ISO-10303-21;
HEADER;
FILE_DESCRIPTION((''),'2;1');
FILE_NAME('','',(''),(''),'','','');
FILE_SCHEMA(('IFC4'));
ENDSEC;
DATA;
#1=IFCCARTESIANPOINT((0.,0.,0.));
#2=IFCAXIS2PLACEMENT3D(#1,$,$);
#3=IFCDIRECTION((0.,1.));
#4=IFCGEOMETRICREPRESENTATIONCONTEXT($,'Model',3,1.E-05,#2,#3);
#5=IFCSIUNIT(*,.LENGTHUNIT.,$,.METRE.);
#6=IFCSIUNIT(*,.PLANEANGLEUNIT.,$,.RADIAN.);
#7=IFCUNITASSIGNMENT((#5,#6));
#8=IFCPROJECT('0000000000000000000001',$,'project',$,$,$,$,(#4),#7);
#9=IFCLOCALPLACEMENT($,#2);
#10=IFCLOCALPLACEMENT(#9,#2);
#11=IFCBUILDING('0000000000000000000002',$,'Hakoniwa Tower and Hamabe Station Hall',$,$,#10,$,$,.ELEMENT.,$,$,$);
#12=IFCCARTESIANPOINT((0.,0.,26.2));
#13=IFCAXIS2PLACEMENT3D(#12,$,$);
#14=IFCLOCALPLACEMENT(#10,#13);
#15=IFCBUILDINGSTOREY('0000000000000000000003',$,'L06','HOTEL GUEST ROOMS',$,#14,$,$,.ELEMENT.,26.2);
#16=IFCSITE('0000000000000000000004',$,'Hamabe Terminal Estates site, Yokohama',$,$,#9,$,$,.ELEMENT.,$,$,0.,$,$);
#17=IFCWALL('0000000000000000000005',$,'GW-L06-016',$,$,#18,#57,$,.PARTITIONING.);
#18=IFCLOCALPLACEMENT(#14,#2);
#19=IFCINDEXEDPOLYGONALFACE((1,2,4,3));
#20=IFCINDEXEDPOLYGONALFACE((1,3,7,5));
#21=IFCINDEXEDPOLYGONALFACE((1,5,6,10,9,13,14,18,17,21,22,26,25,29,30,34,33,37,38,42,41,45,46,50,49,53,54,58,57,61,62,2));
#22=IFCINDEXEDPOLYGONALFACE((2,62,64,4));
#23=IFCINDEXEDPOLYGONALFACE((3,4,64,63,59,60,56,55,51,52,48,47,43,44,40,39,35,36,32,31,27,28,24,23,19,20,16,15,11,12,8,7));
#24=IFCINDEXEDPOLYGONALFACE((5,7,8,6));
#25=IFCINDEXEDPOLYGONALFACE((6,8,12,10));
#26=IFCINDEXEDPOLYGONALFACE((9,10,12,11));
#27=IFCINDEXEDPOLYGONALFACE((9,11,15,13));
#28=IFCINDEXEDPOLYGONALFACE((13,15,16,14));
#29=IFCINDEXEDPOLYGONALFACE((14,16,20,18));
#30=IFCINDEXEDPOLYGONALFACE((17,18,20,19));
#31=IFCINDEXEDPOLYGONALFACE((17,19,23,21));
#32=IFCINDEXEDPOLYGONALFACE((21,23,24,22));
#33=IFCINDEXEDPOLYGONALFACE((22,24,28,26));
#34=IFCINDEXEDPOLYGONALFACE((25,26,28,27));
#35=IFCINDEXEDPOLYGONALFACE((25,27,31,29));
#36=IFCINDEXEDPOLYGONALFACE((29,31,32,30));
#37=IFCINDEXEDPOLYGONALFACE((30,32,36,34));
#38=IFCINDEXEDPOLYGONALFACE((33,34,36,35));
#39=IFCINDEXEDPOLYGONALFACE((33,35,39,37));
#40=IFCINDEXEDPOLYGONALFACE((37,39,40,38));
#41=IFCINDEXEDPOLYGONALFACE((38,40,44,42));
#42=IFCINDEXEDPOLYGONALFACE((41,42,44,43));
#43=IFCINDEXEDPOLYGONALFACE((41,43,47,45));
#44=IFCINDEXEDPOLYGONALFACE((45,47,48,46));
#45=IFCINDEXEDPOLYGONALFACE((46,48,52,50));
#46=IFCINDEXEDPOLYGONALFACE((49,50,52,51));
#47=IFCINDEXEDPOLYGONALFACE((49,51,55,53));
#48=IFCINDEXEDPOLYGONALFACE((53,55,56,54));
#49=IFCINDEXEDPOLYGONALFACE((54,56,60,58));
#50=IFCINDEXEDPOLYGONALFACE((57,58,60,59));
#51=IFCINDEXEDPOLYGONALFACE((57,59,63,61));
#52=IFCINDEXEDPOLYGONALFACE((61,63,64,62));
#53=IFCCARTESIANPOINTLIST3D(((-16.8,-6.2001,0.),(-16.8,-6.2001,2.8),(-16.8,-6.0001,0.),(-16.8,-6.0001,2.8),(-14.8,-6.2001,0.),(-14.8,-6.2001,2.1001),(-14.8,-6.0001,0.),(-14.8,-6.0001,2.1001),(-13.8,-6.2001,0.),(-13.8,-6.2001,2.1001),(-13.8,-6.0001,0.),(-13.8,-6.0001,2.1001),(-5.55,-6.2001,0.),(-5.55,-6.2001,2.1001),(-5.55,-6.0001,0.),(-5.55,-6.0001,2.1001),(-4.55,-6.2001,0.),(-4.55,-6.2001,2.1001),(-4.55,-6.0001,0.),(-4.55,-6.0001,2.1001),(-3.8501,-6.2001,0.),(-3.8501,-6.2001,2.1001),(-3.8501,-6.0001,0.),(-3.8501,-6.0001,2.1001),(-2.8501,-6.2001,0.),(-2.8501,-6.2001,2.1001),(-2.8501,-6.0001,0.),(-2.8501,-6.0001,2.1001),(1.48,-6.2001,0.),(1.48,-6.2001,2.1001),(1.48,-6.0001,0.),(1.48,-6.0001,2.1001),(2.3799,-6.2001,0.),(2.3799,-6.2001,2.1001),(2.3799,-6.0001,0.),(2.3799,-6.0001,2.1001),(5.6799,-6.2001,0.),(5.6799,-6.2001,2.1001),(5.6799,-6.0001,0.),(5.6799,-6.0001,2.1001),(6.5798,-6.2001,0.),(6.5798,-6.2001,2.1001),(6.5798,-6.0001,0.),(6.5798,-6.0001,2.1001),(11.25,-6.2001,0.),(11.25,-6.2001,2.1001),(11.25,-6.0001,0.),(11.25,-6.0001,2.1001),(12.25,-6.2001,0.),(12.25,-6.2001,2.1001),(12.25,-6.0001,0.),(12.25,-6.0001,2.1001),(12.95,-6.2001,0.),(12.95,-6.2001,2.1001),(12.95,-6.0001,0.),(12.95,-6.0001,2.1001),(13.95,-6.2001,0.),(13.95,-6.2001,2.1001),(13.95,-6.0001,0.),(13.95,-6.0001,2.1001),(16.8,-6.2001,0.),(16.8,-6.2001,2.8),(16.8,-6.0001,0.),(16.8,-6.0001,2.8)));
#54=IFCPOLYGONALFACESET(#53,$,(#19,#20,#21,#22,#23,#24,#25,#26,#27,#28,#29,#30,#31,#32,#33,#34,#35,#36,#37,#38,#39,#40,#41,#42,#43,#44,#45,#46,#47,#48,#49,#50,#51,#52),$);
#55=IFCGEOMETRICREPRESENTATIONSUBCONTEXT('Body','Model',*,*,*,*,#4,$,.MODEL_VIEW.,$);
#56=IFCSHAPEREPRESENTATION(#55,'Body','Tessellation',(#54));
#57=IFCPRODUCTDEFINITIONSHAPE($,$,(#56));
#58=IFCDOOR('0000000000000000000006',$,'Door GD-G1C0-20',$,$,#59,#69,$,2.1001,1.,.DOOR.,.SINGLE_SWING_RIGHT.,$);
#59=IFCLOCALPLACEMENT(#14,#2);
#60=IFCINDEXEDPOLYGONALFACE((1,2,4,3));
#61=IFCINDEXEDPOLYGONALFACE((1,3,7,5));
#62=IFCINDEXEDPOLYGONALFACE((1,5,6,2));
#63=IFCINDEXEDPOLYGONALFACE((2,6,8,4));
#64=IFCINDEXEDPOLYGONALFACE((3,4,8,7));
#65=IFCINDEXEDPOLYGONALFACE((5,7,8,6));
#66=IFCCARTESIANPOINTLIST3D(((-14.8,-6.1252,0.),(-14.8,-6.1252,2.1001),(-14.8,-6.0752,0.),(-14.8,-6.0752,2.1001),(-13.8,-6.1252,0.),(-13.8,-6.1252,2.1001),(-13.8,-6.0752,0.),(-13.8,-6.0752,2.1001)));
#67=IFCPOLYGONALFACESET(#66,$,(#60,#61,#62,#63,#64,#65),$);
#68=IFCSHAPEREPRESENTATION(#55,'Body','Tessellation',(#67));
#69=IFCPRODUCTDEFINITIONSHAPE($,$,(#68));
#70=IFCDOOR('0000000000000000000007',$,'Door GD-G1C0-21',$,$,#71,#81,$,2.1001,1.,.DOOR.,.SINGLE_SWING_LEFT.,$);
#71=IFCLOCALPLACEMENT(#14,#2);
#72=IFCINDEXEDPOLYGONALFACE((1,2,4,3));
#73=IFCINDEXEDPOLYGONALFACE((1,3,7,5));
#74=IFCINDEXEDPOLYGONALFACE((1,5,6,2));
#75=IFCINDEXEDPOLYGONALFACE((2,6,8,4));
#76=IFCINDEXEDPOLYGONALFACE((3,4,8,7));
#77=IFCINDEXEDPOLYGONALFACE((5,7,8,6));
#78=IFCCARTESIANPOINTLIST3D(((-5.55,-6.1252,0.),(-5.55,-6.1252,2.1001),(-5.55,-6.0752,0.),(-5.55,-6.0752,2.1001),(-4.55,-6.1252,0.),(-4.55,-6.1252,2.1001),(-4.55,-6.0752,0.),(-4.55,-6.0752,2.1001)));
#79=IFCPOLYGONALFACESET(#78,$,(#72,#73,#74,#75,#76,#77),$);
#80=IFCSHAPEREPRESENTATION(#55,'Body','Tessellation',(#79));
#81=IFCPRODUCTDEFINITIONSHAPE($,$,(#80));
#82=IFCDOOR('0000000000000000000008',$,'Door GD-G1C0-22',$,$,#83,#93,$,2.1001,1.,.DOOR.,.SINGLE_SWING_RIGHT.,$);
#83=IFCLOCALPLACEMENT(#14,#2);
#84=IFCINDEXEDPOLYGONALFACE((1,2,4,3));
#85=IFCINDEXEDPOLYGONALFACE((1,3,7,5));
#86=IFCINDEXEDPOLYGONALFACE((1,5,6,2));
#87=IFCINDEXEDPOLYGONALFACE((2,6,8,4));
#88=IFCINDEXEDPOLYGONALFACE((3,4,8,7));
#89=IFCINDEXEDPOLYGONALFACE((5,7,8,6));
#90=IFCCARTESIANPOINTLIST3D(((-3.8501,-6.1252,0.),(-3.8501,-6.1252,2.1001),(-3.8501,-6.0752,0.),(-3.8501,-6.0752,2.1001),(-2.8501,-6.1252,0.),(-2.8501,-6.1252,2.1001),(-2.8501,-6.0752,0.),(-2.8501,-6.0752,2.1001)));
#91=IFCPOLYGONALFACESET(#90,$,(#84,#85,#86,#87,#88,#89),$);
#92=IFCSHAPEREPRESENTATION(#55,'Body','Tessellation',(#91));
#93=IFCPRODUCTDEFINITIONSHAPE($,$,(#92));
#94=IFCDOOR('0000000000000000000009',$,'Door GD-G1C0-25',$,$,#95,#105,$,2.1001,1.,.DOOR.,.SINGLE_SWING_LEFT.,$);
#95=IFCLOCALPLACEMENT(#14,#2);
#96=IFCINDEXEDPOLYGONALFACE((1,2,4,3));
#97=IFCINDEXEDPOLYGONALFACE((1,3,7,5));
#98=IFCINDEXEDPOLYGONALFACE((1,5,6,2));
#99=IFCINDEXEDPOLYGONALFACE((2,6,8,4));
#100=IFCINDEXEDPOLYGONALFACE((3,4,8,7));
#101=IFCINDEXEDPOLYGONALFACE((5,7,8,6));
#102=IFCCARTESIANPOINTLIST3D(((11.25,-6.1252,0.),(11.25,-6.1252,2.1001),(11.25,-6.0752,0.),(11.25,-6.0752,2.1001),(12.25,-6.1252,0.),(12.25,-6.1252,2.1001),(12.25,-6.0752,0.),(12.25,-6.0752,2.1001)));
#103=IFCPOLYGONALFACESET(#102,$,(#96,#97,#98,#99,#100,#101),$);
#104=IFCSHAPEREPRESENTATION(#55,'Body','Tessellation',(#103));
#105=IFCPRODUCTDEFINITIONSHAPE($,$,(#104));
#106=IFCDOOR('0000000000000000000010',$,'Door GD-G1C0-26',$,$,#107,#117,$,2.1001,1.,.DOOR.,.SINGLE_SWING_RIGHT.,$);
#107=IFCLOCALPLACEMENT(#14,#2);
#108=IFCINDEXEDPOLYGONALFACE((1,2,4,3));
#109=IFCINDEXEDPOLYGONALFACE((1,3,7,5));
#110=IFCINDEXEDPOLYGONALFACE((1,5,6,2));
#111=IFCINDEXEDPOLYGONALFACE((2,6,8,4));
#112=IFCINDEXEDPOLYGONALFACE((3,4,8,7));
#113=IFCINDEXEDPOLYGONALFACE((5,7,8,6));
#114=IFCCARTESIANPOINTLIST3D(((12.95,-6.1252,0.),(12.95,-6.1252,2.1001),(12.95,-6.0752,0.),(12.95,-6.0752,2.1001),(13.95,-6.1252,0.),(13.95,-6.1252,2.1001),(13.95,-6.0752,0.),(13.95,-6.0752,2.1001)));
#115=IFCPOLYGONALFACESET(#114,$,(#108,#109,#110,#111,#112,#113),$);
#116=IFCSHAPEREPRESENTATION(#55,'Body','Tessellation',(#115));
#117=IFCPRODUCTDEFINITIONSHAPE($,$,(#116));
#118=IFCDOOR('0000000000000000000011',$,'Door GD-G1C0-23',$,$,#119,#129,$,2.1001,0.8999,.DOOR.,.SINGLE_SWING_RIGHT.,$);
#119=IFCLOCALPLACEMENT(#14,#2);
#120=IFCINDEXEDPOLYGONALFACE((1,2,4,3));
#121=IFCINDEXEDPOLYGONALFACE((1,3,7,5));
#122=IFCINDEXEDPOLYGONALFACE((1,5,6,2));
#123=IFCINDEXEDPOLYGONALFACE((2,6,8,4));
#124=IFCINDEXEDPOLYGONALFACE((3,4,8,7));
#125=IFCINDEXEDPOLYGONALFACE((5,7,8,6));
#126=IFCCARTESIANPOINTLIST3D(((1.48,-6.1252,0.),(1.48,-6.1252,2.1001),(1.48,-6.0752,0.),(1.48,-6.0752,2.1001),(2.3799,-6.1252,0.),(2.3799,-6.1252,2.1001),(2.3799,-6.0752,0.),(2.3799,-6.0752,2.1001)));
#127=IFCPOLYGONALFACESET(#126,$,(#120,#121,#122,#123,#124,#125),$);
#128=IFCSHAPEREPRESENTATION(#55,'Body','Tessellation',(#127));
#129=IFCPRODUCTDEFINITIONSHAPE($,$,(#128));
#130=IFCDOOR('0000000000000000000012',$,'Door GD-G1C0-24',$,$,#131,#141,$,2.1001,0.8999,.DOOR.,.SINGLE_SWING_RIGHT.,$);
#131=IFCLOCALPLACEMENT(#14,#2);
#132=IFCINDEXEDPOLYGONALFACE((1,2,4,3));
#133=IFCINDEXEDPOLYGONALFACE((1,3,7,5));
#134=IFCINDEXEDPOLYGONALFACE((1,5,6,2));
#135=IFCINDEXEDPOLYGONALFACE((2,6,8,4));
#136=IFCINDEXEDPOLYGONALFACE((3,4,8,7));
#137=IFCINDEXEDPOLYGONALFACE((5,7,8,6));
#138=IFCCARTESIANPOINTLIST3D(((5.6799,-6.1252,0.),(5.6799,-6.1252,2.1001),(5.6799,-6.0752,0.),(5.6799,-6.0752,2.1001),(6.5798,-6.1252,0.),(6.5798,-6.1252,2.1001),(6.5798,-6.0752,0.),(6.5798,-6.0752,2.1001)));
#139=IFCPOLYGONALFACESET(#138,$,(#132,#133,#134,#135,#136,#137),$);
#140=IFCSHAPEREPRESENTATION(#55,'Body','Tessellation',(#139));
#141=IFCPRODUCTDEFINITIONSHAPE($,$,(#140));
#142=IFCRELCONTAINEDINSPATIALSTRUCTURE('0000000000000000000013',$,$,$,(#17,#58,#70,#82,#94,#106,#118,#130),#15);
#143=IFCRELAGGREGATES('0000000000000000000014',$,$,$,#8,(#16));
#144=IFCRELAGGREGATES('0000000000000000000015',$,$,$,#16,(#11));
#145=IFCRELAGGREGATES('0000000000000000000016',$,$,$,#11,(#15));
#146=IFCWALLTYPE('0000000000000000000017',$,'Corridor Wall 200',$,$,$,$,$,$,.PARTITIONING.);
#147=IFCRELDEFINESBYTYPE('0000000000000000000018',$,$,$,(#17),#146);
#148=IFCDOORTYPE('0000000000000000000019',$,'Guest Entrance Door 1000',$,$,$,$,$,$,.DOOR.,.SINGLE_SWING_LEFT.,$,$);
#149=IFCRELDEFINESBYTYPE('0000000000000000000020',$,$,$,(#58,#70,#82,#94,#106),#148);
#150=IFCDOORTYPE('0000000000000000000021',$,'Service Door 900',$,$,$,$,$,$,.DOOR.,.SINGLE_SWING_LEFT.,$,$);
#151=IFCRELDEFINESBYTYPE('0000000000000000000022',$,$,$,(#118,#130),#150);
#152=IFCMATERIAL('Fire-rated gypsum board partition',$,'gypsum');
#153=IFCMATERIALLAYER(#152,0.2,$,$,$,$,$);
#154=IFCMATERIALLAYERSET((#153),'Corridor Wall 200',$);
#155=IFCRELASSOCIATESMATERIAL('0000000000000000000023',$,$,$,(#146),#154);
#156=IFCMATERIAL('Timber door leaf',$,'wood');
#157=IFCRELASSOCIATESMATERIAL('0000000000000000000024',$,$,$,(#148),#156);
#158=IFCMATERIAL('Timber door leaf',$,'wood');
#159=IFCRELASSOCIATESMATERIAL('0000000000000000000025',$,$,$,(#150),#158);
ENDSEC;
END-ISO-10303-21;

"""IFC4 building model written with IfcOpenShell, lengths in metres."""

from ifc_helpers import new_model, si_unit, direction, frame, frame_2d, origin, place, context, subcontext, project, spatial, rectangle, extrude, material, layer, layer_set, type_object, element, fill, save


model = new_model("IFC4")

# Units and contexts
model_context = context("Model", 3, precision=1e-05, world=origin(), true_north=direction((0.0, 1.0)))
body_context = subcontext(model_context, "Body", "Model", "MODEL_VIEW")
ifc_project = project(units=[si_unit("LENGTHUNIT", "METRE"), si_unit("PLANEANGLEUNIT", "RADIAN")], contexts=[model_context])

# Site, building, storey
site_placement = place(None, origin())
site = spatial("IfcSite", under=ifc_project, at=site_placement, Name="Hamabe Terminal Estates site, Yokohama", CompositionType="ELEMENT", RefElevation=0.0)
building_placement = place(site_placement, origin())
building = spatial("IfcBuilding", under=site, at=building_placement, Name="Hakoniwa Tower and Hamabe Station Hall", CompositionType="ELEMENT")
storey_placement = place(building_placement, frame((0.0, 0.0, 26.2)))
storey = spatial("IfcBuildingStorey", under=building, at=storey_placement, Name="L06", Description="HOTEL GUEST ROOMS", CompositionType="ELEMENT", Elevation=26.2)

# Wall, openings, doors
ifc_material_1 = material(Name="Fire-rated gypsum board partition", Category="gypsum")
ifc_layer_1 = layer(ifc_material_1, 0.2)
ifc_layer_set_1 = layer_set([ifc_layer_1], Name="Corridor Wall 200")
wall_type_1 = type_object("IfcWallType", Name="Corridor Wall 200", PredefinedType="PARTITIONING", material=ifc_layer_set_1)
wall_1_placement = place(storey_placement, frame((-16.8, -6.1001, 0.0), z_axis=(0.0, 0.0, 1.0), x_axis=(1.0, 0.0, 0.0)))
wall_1 = element("IfcWall", 1, at=wall_1_placement, inside=storey, type_object=wall_type_1, Name="GW-L06-016", PredefinedType="PARTITIONING", context=body_context, shape_type="SweptSolid", body=[
    extrude(rectangle(XDim=33.6001, YDim=0.2, at=frame_2d((16.8, 0.0))), origin(), (0.0, 0.0, 1.0), 2.8),
])
opening_1_placement = place(wall_1_placement, frame((2.0, 0.0, 0.0)))
opening_1 = element("IfcOpeningElement", 2, at=opening_1_placement, cuts=wall_1, PredefinedType="OPENING", context=body_context, shape_type="SweptSolid", body=[
    extrude(rectangle(XDim=1.0, YDim=2.1001, at=frame_2d((0.5, 1.05))), frame((0.0, 0.1099, 0.0), z_axis=(0.0, -1.0, 0.0), x_axis=(1.0, 0.0, 0.0)), (0.0, 0.0, 1.0), 0.22),
])
opening_2_placement = place(wall_1_placement, frame((11.25, 0.0, 0.0)))
opening_2 = element("IfcOpeningElement", 3, at=opening_2_placement, cuts=wall_1, PredefinedType="OPENING", context=body_context, shape_type="SweptSolid", body=[
    extrude(rectangle(XDim=1.0, YDim=2.1001, at=frame_2d((0.5, 1.05))), frame((0.0, 0.1099, 0.0), z_axis=(0.0, -1.0, 0.0), x_axis=(1.0, 0.0, 0.0)), (0.0, 0.0, 1.0), 0.22),
])
opening_3_placement = place(wall_1_placement, frame((12.95, 0.0, 0.0)))
opening_3 = element("IfcOpeningElement", 4, at=opening_3_placement, cuts=wall_1, PredefinedType="OPENING", context=body_context, shape_type="SweptSolid", body=[
    extrude(rectangle(XDim=1.0, YDim=2.1001, at=frame_2d((0.5, 1.05))), frame((0.0, 0.1099, 0.0), z_axis=(0.0, -1.0, 0.0), x_axis=(1.0, 0.0, 0.0)), (0.0, 0.0, 1.0), 0.22),
])
opening_4_placement = place(wall_1_placement, frame((18.28, 0.0, 0.0)))
opening_4 = element("IfcOpeningElement", 5, at=opening_4_placement, cuts=wall_1, PredefinedType="OPENING", context=body_context, shape_type="SweptSolid", body=[
    extrude(rectangle(XDim=0.8999, YDim=2.1001, at=frame_2d((0.45, 1.05))), frame((0.0, 0.1099, 0.0), z_axis=(0.0, -1.0, 0.0), x_axis=(1.0, 0.0, 0.0)), (0.0, 0.0, 1.0), 0.22),
])
opening_5_placement = place(wall_1_placement, frame((22.48, 0.0, 0.0)))
opening_5 = element("IfcOpeningElement", 6, at=opening_5_placement, cuts=wall_1, PredefinedType="OPENING", context=body_context, shape_type="SweptSolid", body=[
    extrude(rectangle(XDim=0.8999, YDim=2.1001, at=frame_2d((0.45, 1.05))), frame((0.0, 0.1099, 0.0), z_axis=(0.0, -1.0, 0.0), x_axis=(1.0, 0.0, 0.0)), (0.0, 0.0, 1.0), 0.22),
])
opening_6_placement = place(wall_1_placement, frame((28.05, 0.0, 0.0)))
opening_6 = element("IfcOpeningElement", 7, at=opening_6_placement, cuts=wall_1, PredefinedType="OPENING", context=body_context, shape_type="SweptSolid", body=[
    extrude(rectangle(XDim=1.0, YDim=2.1001, at=frame_2d((0.5, 1.05))), frame((0.0, 0.1099, 0.0), z_axis=(0.0, -1.0, 0.0), x_axis=(1.0, 0.0, 0.0)), (0.0, 0.0, 1.0), 0.22),
])
opening_7_placement = place(wall_1_placement, frame((29.75, 0.0, 0.0)))
opening_7 = element("IfcOpeningElement", 8, at=opening_7_placement, cuts=wall_1, PredefinedType="OPENING", context=body_context, shape_type="SweptSolid", body=[
    extrude(rectangle(XDim=1.0, YDim=2.1001, at=frame_2d((0.5, 1.05))), frame((0.0, 0.1099, 0.0), z_axis=(0.0, -1.0, 0.0), x_axis=(1.0, 0.0, 0.0)), (0.0, 0.0, 1.0), 0.22),
])
ifc_material_2 = material(Name="Timber door leaf", Category="wood")
door_type_1 = type_object("IfcDoorType", Name="Guest Entrance Door 1000", OperationType="SINGLE_SWING_LEFT", PredefinedType="DOOR", material=ifc_material_2)
door_1_placement = place(opening_1_placement, origin())
door_1 = element("IfcDoor", 9, at=door_1_placement, inside=storey, type_object=door_type_1, Name="Door GD-G1C0-20", OperationType="SINGLE_SWING_RIGHT", OverallHeight=2.1001, OverallWidth=1.0, PredefinedType="DOOR", context=body_context, shape_type="SweptSolid", body=[
    extrude(rectangle(XDim=1.0, YDim=2.1001, at=frame_2d((0.5, 1.05))), frame((0.0, 0.0249, 0.0), z_axis=(0.0, -1.0, 0.0), x_axis=(1.0, 0.0, 0.0)), (0.0, 0.0, 1.0), 0.05),
])
fill(opening_1, door_1)
door_2_placement = place(opening_2_placement, origin())
door_2 = element("IfcDoor", 10, at=door_2_placement, inside=storey, type_object=door_type_1, Name="Door GD-G1C0-21", OperationType="SINGLE_SWING_LEFT", OverallHeight=2.1001, OverallWidth=1.0, PredefinedType="DOOR", context=body_context, shape_type="SweptSolid", body=[
    extrude(rectangle(XDim=1.0, YDim=2.1001, at=frame_2d((0.5, 1.05))), frame((0.0, 0.0249, 0.0), z_axis=(0.0, -1.0, 0.0), x_axis=(1.0, 0.0, 0.0)), (0.0, 0.0, 1.0), 0.05),
])
fill(opening_2, door_2)
door_3_placement = place(opening_3_placement, origin())
door_3 = element("IfcDoor", 11, at=door_3_placement, inside=storey, type_object=door_type_1, Name="Door GD-G1C0-22", OperationType="SINGLE_SWING_RIGHT", OverallHeight=2.1001, OverallWidth=1.0, PredefinedType="DOOR", context=body_context, shape_type="SweptSolid", body=[
    extrude(rectangle(XDim=1.0, YDim=2.1001, at=frame_2d((0.5, 1.05))), frame((0.0, 0.0249, 0.0), z_axis=(0.0, -1.0, 0.0), x_axis=(1.0, 0.0, 0.0)), (0.0, 0.0, 1.0), 0.05),
])
fill(opening_3, door_3)
door_4_placement = place(opening_6_placement, origin())
door_4 = element("IfcDoor", 12, at=door_4_placement, inside=storey, type_object=door_type_1, Name="Door GD-G1C0-25", OperationType="SINGLE_SWING_LEFT", OverallHeight=2.1001, OverallWidth=1.0, PredefinedType="DOOR", context=body_context, shape_type="SweptSolid", body=[
    extrude(rectangle(XDim=1.0, YDim=2.1001, at=frame_2d((0.5, 1.05))), frame((0.0, 0.0249, 0.0), z_axis=(0.0, -1.0, 0.0), x_axis=(1.0, 0.0, 0.0)), (0.0, 0.0, 1.0), 0.05),
])
fill(opening_6, door_4)
door_5_placement = place(opening_7_placement, origin())
door_5 = element("IfcDoor", 13, at=door_5_placement, inside=storey, type_object=door_type_1, Name="Door GD-G1C0-26", OperationType="SINGLE_SWING_RIGHT", OverallHeight=2.1001, OverallWidth=1.0, PredefinedType="DOOR", context=body_context, shape_type="SweptSolid", body=[
    extrude(rectangle(XDim=1.0, YDim=2.1001, at=frame_2d((0.5, 1.05))), frame((0.0, 0.0249, 0.0), z_axis=(0.0, -1.0, 0.0), x_axis=(1.0, 0.0, 0.0)), (0.0, 0.0, 1.0), 0.05),
])
fill(opening_7, door_5)
ifc_material_3 = material(Name="Timber door leaf", Category="wood")
door_type_2 = type_object("IfcDoorType", Name="Service Door 900", OperationType="SINGLE_SWING_LEFT", PredefinedType="DOOR", material=ifc_material_3)
door_6_placement = place(opening_4_placement, origin())
door_6 = element("IfcDoor", 14, at=door_6_placement, inside=storey, type_object=door_type_2, Name="Door GD-G1C0-23", OperationType="SINGLE_SWING_RIGHT", OverallHeight=2.1001, OverallWidth=0.8999, PredefinedType="DOOR", context=body_context, shape_type="SweptSolid", body=[
    extrude(rectangle(XDim=0.8999, YDim=2.1001, at=frame_2d((0.45, 1.05))), frame((0.0, 0.0249, 0.0), z_axis=(0.0, -1.0, 0.0), x_axis=(1.0, 0.0, 0.0)), (0.0, 0.0, 1.0), 0.05),
])
fill(opening_4, door_6)
door_7_placement = place(opening_5_placement, origin())
door_7 = element("IfcDoor", 15, at=door_7_placement, inside=storey, type_object=door_type_2, Name="Door GD-G1C0-24", OperationType="SINGLE_SWING_RIGHT", OverallHeight=2.1001, OverallWidth=0.8999, PredefinedType="DOOR", context=body_context, shape_type="SweptSolid", body=[
    extrude(rectangle(XDim=0.8999, YDim=2.1001, at=frame_2d((0.45, 1.05))), frame((0.0, 0.0249, 0.0), z_axis=(0.0, -1.0, 0.0), x_axis=(1.0, 0.0, 0.0)), (0.0, 0.0, 1.0), 0.05),
])
fill(opening_5, door_7)

save(model, "model.ifc")
